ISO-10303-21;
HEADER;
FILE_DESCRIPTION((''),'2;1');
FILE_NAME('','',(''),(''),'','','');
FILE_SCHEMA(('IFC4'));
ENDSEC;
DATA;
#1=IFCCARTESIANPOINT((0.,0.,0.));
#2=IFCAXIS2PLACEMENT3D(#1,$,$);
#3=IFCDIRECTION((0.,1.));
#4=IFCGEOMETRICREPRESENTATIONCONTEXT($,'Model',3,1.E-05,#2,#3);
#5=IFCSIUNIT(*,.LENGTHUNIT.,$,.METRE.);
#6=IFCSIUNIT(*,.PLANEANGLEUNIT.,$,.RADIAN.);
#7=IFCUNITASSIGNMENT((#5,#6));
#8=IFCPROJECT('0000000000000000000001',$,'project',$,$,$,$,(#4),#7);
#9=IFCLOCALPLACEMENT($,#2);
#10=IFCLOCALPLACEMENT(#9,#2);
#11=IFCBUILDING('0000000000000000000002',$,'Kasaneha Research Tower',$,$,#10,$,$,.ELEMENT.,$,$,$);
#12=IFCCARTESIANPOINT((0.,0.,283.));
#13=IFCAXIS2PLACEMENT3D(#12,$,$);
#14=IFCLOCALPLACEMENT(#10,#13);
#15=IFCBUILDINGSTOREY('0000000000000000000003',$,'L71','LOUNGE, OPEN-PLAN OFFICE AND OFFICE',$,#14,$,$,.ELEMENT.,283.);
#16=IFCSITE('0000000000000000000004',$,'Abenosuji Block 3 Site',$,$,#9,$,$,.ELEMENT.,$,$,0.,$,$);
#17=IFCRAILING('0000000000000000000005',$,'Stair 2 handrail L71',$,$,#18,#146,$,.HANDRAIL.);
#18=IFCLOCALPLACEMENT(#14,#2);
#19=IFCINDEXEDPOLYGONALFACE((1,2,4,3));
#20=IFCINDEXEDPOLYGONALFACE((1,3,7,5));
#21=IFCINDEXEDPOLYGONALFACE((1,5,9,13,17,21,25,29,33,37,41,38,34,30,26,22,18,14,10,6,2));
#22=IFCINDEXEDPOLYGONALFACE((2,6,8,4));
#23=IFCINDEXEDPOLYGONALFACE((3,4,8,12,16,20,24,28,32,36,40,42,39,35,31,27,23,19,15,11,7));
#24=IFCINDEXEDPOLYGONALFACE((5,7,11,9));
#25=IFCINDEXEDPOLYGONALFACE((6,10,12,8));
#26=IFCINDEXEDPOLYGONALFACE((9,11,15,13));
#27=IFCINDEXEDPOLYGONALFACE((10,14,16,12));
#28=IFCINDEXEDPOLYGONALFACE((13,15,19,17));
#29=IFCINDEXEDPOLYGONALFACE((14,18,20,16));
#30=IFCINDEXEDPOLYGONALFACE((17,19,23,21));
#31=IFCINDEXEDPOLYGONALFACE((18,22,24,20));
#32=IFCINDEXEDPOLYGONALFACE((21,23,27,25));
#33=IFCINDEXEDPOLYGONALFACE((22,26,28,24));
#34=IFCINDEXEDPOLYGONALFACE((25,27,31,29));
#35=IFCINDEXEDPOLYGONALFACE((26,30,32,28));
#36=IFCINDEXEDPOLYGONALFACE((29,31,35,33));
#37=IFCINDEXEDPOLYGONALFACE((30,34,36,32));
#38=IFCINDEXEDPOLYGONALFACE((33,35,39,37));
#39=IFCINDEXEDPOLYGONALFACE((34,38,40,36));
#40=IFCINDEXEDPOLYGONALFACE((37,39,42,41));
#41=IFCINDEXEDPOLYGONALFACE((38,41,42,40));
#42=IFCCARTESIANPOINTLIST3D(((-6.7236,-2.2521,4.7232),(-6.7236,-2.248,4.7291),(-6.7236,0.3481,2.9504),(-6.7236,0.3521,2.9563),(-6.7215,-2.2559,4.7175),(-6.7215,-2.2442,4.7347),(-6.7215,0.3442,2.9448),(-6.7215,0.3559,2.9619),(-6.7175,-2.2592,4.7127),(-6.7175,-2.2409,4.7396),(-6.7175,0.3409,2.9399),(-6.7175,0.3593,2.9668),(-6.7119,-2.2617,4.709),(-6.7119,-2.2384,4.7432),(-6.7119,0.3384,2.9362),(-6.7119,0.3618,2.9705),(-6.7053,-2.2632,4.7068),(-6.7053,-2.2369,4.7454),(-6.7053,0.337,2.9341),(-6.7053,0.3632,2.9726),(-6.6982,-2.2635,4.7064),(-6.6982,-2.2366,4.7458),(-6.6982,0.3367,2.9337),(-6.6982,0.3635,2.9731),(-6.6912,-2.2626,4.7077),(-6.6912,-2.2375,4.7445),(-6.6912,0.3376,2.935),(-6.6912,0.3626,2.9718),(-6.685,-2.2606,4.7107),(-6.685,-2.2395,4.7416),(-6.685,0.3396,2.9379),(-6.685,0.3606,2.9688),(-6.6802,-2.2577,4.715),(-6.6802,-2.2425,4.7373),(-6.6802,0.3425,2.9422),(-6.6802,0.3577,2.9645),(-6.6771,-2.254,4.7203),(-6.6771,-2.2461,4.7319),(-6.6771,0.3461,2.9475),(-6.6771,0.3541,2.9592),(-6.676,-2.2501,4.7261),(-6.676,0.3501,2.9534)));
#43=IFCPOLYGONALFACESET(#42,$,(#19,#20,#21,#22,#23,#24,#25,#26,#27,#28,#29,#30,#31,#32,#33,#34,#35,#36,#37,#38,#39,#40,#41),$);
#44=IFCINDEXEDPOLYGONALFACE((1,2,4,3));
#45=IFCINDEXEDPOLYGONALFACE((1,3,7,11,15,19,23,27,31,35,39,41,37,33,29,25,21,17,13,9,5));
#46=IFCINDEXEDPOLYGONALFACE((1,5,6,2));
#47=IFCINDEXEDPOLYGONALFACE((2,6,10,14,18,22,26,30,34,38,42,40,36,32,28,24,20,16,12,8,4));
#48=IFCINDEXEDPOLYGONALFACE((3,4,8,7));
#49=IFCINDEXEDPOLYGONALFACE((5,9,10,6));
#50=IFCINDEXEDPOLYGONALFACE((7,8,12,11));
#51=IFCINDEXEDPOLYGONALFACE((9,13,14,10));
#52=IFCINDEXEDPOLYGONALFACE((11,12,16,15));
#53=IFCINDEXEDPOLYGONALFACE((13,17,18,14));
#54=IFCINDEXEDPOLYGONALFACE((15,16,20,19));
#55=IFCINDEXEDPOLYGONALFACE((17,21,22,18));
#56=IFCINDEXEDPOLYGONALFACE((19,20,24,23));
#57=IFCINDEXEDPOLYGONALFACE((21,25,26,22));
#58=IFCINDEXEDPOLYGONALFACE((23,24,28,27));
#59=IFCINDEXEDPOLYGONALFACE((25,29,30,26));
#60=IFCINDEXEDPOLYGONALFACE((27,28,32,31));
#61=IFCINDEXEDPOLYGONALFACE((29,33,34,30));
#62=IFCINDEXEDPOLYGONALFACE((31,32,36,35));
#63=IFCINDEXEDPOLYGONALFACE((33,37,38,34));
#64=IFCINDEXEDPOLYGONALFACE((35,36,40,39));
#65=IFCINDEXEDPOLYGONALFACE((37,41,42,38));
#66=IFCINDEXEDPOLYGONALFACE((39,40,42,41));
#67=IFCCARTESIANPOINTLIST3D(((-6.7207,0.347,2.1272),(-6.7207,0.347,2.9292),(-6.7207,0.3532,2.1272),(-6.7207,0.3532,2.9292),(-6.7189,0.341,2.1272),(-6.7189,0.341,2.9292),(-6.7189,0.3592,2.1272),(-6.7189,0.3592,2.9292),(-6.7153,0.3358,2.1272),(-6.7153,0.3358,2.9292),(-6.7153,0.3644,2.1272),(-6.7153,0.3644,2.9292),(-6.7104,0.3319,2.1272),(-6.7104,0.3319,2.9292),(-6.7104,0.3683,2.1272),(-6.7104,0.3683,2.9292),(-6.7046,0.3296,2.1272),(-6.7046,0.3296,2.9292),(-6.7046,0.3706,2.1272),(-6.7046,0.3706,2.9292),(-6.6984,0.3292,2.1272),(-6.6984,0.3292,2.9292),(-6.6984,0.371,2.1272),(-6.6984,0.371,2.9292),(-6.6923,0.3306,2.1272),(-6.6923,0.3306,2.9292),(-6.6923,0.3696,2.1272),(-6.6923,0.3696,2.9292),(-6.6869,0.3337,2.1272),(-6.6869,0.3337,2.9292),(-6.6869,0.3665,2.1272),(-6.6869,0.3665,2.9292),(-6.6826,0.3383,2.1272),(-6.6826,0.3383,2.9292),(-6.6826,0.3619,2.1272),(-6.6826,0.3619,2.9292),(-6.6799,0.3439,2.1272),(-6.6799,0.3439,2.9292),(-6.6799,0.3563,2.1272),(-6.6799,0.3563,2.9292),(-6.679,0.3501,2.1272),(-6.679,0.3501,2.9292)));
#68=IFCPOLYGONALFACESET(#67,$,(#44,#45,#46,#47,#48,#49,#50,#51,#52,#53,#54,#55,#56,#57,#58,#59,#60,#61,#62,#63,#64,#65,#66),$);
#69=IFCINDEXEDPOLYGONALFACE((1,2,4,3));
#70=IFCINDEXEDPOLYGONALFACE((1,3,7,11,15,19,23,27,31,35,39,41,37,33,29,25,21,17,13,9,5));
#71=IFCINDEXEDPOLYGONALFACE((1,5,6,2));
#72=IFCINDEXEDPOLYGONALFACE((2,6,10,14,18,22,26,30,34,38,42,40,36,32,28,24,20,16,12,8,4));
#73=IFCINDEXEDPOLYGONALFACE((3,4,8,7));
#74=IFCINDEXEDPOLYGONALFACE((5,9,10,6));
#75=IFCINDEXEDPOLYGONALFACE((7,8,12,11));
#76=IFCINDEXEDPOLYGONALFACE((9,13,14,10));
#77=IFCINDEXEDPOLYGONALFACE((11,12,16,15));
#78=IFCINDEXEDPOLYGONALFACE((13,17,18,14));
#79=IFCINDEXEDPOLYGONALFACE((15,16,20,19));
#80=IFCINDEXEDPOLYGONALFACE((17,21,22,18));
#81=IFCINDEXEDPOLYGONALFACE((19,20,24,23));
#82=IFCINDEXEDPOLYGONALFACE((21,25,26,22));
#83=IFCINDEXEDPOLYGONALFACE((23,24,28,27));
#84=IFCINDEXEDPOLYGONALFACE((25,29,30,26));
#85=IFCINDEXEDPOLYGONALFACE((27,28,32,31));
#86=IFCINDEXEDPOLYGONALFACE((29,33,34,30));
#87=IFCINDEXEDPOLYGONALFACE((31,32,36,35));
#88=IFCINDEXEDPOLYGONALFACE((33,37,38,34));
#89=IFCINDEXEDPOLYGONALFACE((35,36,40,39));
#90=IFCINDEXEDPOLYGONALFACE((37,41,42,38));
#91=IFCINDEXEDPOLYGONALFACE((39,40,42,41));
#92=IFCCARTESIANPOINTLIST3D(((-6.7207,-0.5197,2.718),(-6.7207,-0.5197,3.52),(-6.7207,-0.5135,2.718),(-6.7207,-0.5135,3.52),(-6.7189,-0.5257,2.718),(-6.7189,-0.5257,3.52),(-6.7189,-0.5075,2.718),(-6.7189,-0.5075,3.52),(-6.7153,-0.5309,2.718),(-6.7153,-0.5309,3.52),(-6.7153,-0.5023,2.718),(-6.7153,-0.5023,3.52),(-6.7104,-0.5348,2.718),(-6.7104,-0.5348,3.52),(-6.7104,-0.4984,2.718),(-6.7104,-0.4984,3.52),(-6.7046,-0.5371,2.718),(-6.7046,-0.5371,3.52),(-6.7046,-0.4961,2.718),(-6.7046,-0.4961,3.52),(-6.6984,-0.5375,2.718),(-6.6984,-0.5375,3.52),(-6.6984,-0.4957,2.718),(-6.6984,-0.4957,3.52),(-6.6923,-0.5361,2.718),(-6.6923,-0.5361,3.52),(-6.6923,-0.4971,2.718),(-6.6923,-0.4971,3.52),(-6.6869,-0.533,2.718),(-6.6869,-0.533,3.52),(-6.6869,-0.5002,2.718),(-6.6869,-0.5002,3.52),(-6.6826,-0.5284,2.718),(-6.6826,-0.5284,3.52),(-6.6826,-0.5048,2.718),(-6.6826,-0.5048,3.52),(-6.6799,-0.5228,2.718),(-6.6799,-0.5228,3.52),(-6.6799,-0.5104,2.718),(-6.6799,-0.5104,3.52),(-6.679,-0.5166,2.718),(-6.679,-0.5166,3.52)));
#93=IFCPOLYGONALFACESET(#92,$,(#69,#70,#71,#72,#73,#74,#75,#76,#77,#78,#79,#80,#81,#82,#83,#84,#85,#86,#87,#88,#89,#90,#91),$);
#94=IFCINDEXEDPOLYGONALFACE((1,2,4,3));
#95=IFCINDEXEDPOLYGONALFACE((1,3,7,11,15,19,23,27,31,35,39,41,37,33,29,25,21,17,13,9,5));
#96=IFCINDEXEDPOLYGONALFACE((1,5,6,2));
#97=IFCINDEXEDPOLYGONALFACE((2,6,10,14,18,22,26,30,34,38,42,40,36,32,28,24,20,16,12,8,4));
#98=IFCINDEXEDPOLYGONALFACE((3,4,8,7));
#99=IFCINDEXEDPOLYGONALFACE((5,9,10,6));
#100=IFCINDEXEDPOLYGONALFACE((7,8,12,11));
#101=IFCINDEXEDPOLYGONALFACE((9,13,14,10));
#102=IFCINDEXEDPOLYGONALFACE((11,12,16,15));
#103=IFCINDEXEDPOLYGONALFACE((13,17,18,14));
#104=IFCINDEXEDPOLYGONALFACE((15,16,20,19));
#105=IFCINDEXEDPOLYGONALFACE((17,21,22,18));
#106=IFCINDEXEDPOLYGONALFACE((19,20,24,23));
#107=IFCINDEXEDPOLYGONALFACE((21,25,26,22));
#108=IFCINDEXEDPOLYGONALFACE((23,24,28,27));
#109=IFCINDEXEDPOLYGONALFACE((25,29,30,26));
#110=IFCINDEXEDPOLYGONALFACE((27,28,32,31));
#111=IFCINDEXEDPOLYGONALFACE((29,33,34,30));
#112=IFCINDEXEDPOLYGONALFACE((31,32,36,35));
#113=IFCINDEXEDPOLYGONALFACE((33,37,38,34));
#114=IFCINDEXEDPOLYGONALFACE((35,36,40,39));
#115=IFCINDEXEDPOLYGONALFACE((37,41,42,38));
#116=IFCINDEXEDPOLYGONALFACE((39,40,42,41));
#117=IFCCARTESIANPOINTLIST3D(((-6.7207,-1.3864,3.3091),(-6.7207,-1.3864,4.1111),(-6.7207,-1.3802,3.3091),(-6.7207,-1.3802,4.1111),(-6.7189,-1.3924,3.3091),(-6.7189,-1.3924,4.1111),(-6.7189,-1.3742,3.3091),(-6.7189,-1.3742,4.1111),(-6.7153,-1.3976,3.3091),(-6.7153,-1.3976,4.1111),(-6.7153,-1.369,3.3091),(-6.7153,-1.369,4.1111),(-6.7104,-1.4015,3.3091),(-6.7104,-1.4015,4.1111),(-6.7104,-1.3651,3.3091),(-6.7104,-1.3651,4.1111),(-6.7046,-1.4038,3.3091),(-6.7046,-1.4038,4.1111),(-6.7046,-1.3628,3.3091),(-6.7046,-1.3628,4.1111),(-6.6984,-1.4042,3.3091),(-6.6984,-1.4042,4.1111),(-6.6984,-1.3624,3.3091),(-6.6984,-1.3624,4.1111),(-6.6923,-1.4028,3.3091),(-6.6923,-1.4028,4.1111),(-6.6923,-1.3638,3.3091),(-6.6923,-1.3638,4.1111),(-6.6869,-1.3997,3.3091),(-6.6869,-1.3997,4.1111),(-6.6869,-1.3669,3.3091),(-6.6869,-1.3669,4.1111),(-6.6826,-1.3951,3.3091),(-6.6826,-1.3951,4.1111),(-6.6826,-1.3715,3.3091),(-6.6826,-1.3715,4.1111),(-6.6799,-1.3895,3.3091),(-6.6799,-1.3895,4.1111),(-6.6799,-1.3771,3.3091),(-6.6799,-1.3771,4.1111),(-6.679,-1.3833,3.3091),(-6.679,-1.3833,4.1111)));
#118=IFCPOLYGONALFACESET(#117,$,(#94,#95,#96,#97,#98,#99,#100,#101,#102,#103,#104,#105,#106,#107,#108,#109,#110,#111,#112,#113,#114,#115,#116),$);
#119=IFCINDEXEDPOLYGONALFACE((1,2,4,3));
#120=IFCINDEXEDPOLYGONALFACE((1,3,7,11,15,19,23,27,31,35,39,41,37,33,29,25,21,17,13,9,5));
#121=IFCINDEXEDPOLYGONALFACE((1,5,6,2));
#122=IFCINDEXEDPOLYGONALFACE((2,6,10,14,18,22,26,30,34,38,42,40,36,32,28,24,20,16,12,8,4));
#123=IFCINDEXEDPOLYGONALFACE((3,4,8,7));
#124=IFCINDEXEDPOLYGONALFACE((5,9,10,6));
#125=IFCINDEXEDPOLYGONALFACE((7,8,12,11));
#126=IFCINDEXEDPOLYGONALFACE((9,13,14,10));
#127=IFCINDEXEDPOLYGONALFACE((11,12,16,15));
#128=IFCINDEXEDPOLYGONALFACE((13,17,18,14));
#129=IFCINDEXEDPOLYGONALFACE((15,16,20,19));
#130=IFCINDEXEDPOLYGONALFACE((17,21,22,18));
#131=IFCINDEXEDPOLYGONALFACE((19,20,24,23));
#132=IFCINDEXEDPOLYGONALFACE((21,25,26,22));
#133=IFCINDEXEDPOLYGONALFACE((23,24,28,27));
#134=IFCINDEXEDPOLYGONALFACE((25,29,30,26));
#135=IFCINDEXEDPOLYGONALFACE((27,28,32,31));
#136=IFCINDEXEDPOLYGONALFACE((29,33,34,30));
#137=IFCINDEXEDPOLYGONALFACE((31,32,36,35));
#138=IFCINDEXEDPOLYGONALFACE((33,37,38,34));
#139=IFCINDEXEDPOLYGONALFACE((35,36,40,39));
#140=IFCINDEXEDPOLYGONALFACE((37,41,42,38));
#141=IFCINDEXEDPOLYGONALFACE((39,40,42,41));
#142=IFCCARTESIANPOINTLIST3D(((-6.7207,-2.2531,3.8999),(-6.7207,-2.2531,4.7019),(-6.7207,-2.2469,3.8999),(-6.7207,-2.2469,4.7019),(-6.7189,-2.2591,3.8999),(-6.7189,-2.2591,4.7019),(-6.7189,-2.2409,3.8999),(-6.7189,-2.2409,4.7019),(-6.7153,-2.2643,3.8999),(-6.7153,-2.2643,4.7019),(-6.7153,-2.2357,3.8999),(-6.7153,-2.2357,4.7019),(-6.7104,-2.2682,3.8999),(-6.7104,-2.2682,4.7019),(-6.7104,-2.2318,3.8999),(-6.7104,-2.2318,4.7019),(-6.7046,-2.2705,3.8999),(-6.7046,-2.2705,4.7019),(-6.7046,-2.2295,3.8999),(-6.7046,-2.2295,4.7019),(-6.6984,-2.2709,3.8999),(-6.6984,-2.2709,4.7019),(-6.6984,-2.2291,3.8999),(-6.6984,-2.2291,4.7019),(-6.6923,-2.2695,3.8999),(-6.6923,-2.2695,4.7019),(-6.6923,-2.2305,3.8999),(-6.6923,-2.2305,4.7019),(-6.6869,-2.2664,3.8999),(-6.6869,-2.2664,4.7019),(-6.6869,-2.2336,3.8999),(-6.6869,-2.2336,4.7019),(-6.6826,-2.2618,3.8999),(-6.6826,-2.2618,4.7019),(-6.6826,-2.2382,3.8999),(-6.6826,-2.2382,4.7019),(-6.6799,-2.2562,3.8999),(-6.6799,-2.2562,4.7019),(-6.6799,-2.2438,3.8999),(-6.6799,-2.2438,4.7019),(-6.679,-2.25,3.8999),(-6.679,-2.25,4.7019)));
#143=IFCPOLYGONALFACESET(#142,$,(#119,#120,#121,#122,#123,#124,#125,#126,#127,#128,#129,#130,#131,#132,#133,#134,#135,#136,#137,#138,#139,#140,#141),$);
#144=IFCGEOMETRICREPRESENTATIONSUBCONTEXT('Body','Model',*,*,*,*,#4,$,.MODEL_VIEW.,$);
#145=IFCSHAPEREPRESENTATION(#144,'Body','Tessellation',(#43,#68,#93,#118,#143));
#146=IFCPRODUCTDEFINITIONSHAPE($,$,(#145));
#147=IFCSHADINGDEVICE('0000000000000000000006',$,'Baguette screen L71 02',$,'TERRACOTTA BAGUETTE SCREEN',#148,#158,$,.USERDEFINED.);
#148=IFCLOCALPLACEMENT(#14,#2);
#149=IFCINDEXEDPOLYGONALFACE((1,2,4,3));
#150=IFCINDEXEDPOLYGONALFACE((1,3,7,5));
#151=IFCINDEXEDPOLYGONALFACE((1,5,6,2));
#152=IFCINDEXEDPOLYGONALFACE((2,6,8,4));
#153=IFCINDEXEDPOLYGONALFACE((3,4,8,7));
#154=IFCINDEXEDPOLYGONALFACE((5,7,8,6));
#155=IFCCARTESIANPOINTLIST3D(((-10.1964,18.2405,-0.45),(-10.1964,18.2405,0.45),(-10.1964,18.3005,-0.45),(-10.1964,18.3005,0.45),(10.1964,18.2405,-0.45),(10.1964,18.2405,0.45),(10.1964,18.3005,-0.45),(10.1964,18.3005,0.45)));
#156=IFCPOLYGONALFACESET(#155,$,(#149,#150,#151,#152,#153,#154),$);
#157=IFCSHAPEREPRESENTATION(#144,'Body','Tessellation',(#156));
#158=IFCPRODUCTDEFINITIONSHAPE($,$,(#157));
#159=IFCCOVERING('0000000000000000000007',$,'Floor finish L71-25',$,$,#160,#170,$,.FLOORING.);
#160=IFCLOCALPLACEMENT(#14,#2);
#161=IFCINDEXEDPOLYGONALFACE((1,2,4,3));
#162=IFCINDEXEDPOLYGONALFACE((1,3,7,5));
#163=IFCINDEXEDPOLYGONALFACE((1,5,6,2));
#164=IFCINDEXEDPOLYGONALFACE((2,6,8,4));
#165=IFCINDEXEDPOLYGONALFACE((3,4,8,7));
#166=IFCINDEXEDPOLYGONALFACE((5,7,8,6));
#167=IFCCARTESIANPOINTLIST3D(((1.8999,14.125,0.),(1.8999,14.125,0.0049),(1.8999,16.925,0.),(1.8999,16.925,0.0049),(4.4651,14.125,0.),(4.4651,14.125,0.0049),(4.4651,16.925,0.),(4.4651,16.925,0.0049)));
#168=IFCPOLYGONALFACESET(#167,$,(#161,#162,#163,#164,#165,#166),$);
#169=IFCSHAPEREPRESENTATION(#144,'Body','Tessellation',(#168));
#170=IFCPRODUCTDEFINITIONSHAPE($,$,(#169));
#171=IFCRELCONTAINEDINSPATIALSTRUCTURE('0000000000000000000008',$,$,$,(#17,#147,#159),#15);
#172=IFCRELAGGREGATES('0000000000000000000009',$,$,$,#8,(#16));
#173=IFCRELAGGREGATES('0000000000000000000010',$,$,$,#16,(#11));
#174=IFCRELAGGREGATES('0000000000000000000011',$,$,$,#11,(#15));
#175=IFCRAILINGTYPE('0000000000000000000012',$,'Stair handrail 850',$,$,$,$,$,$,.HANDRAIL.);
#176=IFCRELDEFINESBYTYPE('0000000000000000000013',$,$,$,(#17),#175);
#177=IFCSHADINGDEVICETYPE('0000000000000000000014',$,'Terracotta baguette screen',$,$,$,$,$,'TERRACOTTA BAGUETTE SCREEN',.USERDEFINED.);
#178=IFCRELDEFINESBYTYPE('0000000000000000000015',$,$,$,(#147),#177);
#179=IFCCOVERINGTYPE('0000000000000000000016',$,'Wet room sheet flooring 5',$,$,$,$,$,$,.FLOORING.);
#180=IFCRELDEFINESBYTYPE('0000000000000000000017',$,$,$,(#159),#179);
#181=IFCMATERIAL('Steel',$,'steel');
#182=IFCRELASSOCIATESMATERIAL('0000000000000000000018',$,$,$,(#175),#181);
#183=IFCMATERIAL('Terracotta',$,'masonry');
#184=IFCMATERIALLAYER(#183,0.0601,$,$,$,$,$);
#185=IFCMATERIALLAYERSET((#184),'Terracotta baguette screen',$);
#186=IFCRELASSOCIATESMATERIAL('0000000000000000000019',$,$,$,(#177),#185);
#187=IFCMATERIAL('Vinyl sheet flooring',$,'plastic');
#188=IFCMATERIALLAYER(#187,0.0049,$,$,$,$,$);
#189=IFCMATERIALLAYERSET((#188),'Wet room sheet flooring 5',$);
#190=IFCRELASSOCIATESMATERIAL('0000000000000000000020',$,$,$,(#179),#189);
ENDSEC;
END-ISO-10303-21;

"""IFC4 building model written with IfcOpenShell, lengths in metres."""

from ifc_helpers import new_model, si_unit, direction, frame, origin, origin_2d, place, context, subcontext, project, spatial, polyline, rectangle, circle, outline, extrude, material, layer, layer_set, type_object, element, save


model = new_model("IFC4")

# Units and contexts
model_context = context("Model", 3, precision=1e-05, world=origin(), true_north=direction((0.0, 1.0)))
body_context = subcontext(model_context, "Body", "Model", "MODEL_VIEW")
ifc_project = project(units=[si_unit("LENGTHUNIT", "METRE"), si_unit("PLANEANGLEUNIT", "RADIAN")], contexts=[model_context])

# Site, building, storey
site_placement = place(None, origin())
site = spatial("IfcSite", under=ifc_project, at=site_placement, Name="Abenosuji Block 3 Site", CompositionType="ELEMENT", RefElevation=0.0)
building_placement = place(site_placement, origin())
building = spatial("IfcBuilding", under=site, at=building_placement, Name="Kasaneha Research Tower", CompositionType="ELEMENT")
storey_placement = place(building_placement, frame((0.0, 0.0, 283.0)))
storey = spatial("IfcBuildingStorey", under=building, at=storey_placement, Name="L71", Description="LOUNGE, OPEN-PLAN OFFICE AND OFFICE", CompositionType="ELEMENT", Elevation=283.0)

# Railing
ifc_material_1 = material(Name="Steel", Category="steel")
railing_type = type_object("IfcRailingType", Name="Stair handrail 850", PredefinedType="HANDRAIL", material=ifc_material_1)
railing_placement = place(storey_placement, frame((-6.7, 0.3501, 2.1272)))
element("IfcRailing", 1, at=railing_placement, inside=storey, type_object=railing_type, Name="Stair 2 handrail L71", PredefinedType="HANDRAIL", context=body_context, shape_type="SweptSolid", body=[
    extrude(circle(Radius=0.0239, at=origin_2d()), frame((0.0, 0.0, 0.8262), z_axis=(0.0, -0.82624, 0.563318), x_axis=(1.0, 0.0, 0.0)), (0.0, 0.0, 1.0), 3.147),
    extrude(circle(Radius=0.021, at=origin_2d()), origin(), (0.0, 0.0, 1.0), 0.802),
    extrude(circle(Radius=0.021, at=origin_2d()), frame((0.0, -0.8667, 0.5908)), (0.0, 0.0, 1.0), 0.802),
    extrude(circle(Radius=0.021, at=origin_2d()), frame((0.0, -1.7334, 1.1819)), (0.0, 0.0, 1.0), 0.802),
    extrude(circle(Radius=0.021, at=origin_2d()), frame((0.0, -2.6001, 1.7727)), (0.0, 0.0, 1.0), 0.802),
])

# Shading device
ifc_material_2 = material(Name="Terracotta", Category="masonry")
ifc_layer_1 = layer(ifc_material_2, 0.0601)
ifc_layer_set_1 = layer_set([ifc_layer_1], Name="Terracotta baguette screen")
shading_device_type = type_object("IfcShadingDeviceType", Name="Terracotta baguette screen", ElementType="TERRACOTTA BAGUETTE SCREEN", PredefinedType="USERDEFINED", material=ifc_layer_set_1)
shading_device_placement = place(storey_placement, frame((0.0, 18.2705, -0.45), z_axis=(0.0, 0.0, 1.0), x_axis=(-1.0, 0.0, 0.0)))
element("IfcShadingDevice", 2, at=shading_device_placement, inside=storey, type_object=shading_device_type, Name="Baguette screen L71 02", ObjectType="TERRACOTTA BAGUETTE SCREEN", PredefinedType="USERDEFINED", context=body_context, shape_type="SweptSolid", body=[
    extrude(rectangle(XDim=20.3928, YDim=0.0601, at=origin_2d()), origin(), (0.0, 0.0, 1.0), 0.8999),
])

# Covering
ifc_material_3 = material(Name="Vinyl sheet flooring", Category="plastic")
ifc_layer_2 = layer(ifc_material_3, 0.0049)
ifc_layer_set_2 = layer_set([ifc_layer_2], Name="Wet room sheet flooring 5")
covering_type = type_object("IfcCoveringType", Name="Wet room sheet flooring 5", PredefinedType="FLOORING", material=ifc_layer_set_2)
covering_placement = place(storey_placement, origin())
element("IfcCovering", 3, at=covering_placement, inside=storey, type_object=covering_type, Name="Floor finish L71-25", PredefinedType="FLOORING", context=body_context, shape_type="SweptSolid", body=[
    extrude(outline(polyline([(1.8999, 16.925), (4.4651, 16.925), (4.4651, 14.125), (1.8999, 14.125), (1.8999, 16.925)])), origin(), (0.0, 0.0, 1.0), 0.0049),
])

save(model, "model.ifc")
